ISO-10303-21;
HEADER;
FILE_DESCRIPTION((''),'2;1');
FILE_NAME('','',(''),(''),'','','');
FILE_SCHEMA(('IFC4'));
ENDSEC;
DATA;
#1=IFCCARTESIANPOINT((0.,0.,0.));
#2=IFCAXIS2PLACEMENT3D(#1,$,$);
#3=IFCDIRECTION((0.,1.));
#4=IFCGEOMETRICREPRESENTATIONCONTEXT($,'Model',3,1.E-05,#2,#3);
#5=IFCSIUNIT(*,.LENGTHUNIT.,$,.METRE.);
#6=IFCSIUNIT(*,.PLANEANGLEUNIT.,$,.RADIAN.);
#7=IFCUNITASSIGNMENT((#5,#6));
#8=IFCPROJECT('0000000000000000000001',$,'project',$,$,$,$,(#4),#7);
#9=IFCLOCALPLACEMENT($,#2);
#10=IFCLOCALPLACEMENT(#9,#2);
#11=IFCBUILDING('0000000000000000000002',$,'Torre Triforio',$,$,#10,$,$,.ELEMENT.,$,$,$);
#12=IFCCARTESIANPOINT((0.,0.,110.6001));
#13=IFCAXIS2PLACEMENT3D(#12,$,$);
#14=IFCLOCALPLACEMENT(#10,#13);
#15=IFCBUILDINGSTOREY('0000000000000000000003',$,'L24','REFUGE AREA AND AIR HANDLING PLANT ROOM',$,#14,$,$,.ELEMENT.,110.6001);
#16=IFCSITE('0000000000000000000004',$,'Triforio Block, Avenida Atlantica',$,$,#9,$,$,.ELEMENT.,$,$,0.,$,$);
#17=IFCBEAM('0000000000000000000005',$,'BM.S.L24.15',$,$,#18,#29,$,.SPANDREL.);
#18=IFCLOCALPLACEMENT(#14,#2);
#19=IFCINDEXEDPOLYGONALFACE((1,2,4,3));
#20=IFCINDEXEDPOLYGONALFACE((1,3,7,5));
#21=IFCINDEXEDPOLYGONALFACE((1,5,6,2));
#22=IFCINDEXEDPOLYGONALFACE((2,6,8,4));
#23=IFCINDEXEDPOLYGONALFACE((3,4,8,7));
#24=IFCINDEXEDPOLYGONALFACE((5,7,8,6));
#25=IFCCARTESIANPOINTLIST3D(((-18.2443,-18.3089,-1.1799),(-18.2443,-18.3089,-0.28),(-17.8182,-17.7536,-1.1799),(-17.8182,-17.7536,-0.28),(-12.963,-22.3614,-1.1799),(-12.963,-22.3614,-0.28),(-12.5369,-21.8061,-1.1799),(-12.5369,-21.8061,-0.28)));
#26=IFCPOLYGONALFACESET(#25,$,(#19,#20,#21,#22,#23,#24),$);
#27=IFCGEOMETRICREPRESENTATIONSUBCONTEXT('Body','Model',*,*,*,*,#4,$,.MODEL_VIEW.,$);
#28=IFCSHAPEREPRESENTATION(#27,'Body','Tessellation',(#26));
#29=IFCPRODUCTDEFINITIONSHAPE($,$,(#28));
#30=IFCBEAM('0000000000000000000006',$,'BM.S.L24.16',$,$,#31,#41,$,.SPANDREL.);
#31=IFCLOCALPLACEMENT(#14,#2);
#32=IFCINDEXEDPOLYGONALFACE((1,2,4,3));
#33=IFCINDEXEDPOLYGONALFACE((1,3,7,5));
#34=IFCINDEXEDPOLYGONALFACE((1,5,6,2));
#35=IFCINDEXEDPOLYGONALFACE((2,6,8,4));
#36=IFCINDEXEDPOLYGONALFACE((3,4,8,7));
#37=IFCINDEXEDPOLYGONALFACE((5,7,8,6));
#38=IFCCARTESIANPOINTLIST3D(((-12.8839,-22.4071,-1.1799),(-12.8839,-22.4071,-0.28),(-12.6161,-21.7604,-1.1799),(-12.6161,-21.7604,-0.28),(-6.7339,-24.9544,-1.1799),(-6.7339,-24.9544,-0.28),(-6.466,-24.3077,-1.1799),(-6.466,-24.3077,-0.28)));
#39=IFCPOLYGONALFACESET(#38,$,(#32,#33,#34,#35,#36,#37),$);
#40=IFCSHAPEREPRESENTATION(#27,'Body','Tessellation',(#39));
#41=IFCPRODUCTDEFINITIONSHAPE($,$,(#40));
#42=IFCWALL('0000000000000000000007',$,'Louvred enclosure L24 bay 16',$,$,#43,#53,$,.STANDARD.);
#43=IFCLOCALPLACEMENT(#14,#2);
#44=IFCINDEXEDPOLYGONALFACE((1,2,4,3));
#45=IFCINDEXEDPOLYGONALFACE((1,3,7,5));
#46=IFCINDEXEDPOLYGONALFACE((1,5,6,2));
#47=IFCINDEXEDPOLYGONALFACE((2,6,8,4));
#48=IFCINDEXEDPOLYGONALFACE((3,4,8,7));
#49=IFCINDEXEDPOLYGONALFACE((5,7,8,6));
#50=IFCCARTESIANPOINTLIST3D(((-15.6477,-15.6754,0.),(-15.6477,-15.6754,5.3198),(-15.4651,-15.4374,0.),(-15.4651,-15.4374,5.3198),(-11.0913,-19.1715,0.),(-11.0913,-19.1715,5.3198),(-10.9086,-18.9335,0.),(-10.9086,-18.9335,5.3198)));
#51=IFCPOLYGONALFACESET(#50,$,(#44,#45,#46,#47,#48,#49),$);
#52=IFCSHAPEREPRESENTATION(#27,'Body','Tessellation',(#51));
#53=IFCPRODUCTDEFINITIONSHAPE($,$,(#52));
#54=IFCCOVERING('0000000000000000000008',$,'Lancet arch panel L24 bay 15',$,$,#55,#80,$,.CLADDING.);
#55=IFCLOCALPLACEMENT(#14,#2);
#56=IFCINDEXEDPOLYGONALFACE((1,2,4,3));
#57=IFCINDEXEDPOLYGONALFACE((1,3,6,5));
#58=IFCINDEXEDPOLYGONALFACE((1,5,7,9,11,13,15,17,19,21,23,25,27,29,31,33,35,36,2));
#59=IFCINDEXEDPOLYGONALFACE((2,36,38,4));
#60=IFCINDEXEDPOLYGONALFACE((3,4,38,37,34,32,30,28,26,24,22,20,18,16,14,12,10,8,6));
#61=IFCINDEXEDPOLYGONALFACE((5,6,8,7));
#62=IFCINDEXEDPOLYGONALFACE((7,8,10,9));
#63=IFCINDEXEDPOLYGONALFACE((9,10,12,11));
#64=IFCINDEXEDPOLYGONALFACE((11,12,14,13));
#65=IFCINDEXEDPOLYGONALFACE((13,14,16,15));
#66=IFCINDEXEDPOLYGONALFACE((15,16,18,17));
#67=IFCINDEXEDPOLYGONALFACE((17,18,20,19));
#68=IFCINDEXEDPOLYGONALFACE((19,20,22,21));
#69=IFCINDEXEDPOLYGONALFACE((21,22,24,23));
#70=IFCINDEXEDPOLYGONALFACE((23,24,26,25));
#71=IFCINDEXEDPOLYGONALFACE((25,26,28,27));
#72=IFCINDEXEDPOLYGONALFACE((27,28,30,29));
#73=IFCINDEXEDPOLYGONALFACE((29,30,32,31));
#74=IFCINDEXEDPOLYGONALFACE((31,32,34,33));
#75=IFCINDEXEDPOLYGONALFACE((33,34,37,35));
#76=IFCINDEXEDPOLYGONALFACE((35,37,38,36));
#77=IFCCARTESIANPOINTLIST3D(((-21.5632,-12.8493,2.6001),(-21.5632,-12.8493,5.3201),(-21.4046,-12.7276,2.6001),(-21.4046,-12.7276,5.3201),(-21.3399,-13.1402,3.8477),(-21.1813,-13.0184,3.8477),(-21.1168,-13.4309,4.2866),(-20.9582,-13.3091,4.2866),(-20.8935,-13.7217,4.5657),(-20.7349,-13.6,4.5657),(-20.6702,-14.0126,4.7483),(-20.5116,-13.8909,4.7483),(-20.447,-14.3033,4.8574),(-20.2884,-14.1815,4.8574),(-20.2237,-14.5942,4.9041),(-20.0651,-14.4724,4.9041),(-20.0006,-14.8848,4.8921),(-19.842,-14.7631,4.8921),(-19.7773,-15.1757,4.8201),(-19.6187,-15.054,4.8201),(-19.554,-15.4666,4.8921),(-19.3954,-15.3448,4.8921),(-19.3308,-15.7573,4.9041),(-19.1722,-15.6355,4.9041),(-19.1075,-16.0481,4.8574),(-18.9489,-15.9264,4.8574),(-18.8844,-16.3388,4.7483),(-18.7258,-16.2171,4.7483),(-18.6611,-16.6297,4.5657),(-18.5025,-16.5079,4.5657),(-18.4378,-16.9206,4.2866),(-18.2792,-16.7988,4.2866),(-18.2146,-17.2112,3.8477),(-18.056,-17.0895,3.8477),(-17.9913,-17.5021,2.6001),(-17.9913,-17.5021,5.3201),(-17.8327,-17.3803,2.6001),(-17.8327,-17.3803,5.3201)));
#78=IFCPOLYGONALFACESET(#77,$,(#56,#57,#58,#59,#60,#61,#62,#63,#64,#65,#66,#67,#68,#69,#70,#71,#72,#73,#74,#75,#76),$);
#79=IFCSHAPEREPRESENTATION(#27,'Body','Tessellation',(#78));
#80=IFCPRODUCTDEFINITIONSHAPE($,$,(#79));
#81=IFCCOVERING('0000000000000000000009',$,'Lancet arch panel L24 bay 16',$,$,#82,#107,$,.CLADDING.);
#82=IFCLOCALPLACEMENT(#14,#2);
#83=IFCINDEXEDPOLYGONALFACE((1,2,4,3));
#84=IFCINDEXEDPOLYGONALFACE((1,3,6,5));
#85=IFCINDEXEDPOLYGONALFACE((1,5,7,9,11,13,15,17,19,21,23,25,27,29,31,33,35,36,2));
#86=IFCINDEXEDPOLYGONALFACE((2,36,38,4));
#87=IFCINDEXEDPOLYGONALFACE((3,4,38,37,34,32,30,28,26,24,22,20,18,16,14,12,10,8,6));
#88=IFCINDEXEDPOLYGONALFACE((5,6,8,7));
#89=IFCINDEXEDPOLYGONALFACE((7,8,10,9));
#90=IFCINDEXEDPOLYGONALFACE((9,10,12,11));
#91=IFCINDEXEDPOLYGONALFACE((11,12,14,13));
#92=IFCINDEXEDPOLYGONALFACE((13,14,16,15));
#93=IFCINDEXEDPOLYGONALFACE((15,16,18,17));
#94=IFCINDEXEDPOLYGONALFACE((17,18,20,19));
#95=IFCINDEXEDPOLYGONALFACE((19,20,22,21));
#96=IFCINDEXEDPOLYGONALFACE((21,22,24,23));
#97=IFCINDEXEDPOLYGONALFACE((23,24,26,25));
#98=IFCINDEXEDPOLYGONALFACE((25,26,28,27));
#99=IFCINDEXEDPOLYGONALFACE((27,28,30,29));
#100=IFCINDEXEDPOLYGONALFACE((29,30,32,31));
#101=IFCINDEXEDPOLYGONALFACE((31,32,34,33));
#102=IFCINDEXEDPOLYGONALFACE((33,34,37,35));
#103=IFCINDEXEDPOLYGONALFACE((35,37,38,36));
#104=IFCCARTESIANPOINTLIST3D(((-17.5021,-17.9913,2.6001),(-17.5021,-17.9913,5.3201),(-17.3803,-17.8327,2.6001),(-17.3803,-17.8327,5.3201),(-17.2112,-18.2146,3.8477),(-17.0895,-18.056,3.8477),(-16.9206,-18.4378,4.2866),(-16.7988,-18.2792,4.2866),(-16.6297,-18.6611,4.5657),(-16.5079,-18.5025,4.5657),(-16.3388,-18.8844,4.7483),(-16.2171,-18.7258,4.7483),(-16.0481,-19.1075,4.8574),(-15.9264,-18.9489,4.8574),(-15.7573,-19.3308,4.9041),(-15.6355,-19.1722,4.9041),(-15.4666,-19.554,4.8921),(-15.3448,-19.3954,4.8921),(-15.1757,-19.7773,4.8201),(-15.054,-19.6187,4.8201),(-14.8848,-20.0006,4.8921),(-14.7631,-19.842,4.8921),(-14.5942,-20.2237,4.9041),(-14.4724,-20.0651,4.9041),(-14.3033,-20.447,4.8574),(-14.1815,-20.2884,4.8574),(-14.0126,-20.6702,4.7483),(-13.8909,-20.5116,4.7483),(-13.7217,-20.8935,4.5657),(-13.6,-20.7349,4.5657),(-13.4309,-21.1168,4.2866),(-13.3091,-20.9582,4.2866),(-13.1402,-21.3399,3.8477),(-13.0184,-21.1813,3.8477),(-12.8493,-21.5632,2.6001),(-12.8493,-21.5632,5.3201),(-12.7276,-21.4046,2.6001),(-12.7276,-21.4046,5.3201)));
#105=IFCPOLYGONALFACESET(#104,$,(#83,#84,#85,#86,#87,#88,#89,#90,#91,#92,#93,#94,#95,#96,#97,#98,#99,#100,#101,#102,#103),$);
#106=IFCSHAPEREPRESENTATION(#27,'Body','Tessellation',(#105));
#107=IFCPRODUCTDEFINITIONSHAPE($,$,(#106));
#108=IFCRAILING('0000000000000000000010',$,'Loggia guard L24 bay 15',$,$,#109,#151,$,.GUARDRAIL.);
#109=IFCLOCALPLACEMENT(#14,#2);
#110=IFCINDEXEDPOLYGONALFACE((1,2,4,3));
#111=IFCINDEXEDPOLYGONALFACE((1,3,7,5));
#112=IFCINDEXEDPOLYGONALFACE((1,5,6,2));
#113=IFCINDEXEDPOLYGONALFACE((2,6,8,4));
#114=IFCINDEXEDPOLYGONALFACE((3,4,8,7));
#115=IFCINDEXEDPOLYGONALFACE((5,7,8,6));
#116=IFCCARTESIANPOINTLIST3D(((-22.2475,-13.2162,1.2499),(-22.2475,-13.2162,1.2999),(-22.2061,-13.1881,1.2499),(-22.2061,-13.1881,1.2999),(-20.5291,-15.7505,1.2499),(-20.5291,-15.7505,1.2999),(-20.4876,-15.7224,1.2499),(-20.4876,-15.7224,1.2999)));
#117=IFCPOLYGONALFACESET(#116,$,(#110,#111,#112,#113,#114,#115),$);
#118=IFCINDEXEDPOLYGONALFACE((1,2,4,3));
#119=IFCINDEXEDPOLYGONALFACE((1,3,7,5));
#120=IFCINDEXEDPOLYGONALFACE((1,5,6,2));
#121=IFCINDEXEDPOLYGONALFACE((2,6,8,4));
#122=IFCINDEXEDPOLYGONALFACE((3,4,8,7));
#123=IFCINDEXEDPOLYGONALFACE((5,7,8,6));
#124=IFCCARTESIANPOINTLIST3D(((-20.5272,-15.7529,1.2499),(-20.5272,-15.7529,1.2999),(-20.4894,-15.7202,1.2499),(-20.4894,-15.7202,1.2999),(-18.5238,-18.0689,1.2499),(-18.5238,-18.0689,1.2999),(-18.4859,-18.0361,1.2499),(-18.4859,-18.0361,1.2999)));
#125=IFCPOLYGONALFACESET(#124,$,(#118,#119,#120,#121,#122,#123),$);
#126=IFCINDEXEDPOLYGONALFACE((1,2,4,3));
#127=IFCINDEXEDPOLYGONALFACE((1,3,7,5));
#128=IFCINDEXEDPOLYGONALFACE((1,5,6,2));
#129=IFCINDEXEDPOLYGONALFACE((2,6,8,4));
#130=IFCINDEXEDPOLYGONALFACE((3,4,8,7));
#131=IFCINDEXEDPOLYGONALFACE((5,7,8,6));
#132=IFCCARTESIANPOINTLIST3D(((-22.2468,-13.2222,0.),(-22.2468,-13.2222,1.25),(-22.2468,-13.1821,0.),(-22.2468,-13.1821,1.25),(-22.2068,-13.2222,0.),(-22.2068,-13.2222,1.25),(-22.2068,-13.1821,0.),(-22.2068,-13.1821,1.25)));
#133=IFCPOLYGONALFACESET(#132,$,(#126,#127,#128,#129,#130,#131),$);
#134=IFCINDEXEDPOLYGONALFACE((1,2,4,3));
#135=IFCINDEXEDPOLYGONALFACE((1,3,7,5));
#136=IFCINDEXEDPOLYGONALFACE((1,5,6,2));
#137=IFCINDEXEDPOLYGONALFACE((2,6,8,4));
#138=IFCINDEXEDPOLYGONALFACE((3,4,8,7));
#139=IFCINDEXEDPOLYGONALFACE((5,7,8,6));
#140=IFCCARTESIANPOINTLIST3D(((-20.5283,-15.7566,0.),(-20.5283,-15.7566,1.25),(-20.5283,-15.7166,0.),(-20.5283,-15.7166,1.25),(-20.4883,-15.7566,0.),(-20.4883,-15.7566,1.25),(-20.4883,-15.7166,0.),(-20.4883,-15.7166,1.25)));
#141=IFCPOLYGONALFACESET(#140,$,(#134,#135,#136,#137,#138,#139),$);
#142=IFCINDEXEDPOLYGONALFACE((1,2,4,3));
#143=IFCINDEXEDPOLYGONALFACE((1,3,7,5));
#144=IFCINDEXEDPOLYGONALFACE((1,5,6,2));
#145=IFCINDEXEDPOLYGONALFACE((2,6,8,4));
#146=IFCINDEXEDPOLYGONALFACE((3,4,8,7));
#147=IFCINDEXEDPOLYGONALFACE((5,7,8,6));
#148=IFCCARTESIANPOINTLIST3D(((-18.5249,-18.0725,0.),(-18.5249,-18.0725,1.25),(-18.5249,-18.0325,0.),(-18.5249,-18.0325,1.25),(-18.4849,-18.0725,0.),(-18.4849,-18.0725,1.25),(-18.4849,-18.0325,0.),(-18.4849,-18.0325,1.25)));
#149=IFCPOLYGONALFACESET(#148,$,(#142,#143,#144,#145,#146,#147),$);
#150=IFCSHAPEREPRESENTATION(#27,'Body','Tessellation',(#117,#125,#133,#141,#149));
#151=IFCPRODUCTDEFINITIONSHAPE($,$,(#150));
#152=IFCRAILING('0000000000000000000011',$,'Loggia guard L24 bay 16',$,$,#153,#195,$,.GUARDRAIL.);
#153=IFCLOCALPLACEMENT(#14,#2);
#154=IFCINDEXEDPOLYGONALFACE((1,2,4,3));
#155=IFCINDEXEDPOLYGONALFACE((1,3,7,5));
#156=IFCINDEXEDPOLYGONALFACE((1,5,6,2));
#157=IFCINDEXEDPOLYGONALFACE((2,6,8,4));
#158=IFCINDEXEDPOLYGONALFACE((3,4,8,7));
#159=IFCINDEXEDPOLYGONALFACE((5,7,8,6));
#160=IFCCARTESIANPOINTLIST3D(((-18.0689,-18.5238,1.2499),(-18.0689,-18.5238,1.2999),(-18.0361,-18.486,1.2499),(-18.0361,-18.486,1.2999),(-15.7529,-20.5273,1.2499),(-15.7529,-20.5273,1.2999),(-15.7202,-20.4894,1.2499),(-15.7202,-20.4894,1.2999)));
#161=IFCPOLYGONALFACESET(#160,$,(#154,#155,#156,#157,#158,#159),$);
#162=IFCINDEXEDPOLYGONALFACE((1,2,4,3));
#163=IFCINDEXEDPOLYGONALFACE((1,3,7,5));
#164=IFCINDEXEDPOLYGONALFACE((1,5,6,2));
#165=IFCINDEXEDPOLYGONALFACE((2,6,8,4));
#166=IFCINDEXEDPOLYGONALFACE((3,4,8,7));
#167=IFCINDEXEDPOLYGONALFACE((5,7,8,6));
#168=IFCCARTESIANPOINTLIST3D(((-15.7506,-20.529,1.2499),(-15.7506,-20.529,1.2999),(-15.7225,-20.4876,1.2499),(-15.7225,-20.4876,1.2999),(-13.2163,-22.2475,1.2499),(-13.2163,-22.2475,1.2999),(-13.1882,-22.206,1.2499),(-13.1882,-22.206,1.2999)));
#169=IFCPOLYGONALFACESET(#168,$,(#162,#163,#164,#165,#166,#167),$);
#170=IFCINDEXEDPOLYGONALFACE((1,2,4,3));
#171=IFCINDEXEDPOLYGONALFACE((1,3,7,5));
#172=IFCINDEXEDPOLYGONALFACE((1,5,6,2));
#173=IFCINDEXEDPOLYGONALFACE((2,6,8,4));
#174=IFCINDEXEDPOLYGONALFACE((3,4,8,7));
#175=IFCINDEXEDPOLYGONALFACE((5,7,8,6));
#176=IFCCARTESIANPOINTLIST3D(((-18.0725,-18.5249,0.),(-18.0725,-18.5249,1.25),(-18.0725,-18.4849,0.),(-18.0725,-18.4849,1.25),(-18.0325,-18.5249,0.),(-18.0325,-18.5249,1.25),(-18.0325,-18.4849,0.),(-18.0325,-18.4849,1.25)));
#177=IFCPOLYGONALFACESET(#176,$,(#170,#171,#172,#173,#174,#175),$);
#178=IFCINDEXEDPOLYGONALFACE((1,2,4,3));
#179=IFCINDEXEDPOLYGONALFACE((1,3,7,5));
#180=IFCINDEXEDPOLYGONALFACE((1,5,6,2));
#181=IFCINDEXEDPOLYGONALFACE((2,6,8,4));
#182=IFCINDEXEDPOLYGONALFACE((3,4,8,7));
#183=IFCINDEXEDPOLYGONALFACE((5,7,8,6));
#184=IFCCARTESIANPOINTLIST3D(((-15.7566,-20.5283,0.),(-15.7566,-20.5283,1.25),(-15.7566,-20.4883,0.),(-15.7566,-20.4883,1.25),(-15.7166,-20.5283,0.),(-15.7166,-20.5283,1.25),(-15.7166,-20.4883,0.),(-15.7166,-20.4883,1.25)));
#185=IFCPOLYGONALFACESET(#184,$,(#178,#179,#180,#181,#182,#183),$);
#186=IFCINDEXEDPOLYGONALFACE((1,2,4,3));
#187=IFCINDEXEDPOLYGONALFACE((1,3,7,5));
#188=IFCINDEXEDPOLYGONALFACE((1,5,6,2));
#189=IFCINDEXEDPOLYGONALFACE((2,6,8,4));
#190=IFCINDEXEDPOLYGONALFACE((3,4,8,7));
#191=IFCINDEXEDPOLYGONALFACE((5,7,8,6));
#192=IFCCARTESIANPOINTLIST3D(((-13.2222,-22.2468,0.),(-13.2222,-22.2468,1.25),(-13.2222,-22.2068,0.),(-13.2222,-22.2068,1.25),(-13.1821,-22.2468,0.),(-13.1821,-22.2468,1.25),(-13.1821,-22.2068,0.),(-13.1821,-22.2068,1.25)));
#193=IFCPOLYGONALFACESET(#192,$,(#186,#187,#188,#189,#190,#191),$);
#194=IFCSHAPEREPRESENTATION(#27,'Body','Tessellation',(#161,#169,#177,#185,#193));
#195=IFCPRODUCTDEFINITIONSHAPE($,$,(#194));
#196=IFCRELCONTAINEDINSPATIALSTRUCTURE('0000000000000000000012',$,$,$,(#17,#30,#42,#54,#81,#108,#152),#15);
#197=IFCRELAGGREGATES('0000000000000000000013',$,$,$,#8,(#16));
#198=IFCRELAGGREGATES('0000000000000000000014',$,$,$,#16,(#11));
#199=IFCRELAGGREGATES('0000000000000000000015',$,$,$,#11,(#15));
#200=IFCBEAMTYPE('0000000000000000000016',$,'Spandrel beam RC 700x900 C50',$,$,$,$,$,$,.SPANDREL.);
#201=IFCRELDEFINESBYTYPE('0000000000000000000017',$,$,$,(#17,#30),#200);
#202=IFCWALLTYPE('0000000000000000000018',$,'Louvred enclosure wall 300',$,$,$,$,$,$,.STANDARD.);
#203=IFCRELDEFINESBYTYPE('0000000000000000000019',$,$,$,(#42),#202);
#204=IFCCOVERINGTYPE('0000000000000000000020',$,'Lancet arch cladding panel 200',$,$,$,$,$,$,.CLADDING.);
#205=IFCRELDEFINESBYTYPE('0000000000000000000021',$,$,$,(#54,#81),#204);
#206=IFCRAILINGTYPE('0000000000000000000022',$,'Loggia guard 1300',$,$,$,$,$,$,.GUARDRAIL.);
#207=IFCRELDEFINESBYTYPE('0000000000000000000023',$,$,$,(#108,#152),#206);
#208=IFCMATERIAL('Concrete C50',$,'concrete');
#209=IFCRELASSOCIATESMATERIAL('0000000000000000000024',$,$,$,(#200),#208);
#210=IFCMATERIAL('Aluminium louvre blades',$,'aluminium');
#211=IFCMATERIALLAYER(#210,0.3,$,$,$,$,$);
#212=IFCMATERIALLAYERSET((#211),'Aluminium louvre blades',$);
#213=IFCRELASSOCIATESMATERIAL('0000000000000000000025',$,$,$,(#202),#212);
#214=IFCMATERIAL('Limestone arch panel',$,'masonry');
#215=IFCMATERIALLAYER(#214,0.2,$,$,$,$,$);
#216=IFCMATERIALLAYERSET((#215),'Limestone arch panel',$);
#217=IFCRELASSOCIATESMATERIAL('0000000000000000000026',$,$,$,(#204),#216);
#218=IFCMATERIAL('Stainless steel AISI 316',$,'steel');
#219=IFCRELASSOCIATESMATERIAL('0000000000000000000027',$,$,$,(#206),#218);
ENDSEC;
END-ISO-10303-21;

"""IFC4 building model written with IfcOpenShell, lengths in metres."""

from ifc_helpers import new_model, si_unit, direction, frame, frame_2d, origin, origin_2d, place, context, subcontext, project, spatial, polyline, rectangle, outline, extrude, material, layer, layer_set, material_profile, profile_set, type_object, element, save


model = new_model("IFC4")

# Units and contexts
model_context = context("Model", 3, precision=1e-05, world=origin(), true_north=direction((0.0, 1.0)))
body_context = subcontext(model_context, "Body", "Model", "MODEL_VIEW")
ifc_project = project(units=[si_unit("LENGTHUNIT", "METRE"), si_unit("PLANEANGLEUNIT", "RADIAN")], contexts=[model_context])

# Site, building, storey
site_placement = place(None, origin())
site = spatial("IfcSite", under=ifc_project, at=site_placement, Name="Triforio Block, Avenida Atlantica", CompositionType="ELEMENT", RefElevation=0.0)
building_placement = place(site_placement, origin())
building = spatial("IfcBuilding", under=site, at=building_placement, Name="Torre Triforio", CompositionType="ELEMENT")
storey_placement = place(building_placement, frame((0.0, 0.0, 110.6001)))
storey = spatial("IfcBuildingStorey", under=building, at=storey_placement, Name="L24", Description="REFUGE AREA AND AIR HANDLING PLANT ROOM", CompositionType="ELEMENT", Elevation=110.6001)

# Beams
ifc_material_1 = material(Name="Concrete C50", Category="concrete")
ifc_material_profile_1 = material_profile(ifc_material_1, rectangle(XDim=0.7, YDim=0.8999, at=origin_2d()), Name="RC 700x900")
ifc_profile_set_1 = profile_set([ifc_material_profile_1], Name="Concrete C50")
beam_type = type_object("IfcBeamType", Name="Spandrel beam RC 700x900 C50", PredefinedType="SPANDREL", material=ifc_profile_set_1)
beam_1_placement = place(storey_placement, frame((-18.0312, -18.0312, -0.73), z_axis=(0.79335, -0.608766, 0.0), x_axis=(0.608766, 0.79335, 0.0)))
element("IfcBeam", 1, at=beam_1_placement, inside=storey, type_object=beam_type, Name="BM.S.L24.15", PredefinedType="SPANDREL", context=body_context, shape_type="SweptSolid", body=[
    extrude(rectangle(XDim=0.7, YDim=0.8999, at=origin_2d()), origin(), (0.0, 0.0, 1.0), 6.657),
])
beam_2_placement = place(storey_placement, frame((-12.75, -22.0837, -0.73), z_axis=(0.923885, -0.382669, 0.0), x_axis=(0.382669, 0.923885, 0.0)))
element("IfcBeam", 2, at=beam_2_placement, inside=storey, type_object=beam_type, Name="BM.S.L24.16", PredefinedType="SPANDREL", context=body_context, shape_type="SweptSolid", body=[
    extrude(rectangle(XDim=0.7, YDim=0.8999, at=origin_2d()), origin(), (0.0, 0.0, 1.0), 6.6567),
])

# Wall
ifc_material_2 = material(Name="Aluminium louvre blades", Category="aluminium")
ifc_layer_1 = layer(ifc_material_2, 0.3)
ifc_layer_set_1 = layer_set([ifc_layer_1], Name="Aluminium louvre blades")
wall_type = type_object("IfcWallType", Name="Louvred enclosure wall 300", PredefinedType="STANDARD", material=ifc_layer_set_1)
wall_placement = place(storey_placement, frame((-15.5564, -15.5564, 0.0), z_axis=(0.0, 0.0, 1.0), x_axis=(0.793366, -0.608745, 0.0)))
element("IfcWall", 3, at=wall_placement, inside=storey, type_object=wall_type, Name="Louvred enclosure L24 bay 16", PredefinedType="STANDARD", context=body_context, shape_type="SweptSolid", body=[
    extrude(rectangle(XDim=5.7432, YDim=0.3, at=frame_2d((2.8716, 0.0))), origin(), (0.0, 0.0, 1.0), 5.3198),
])

# Coverings
ifc_material_3 = material(Name="Limestone arch panel", Category="masonry")
ifc_layer_2 = layer(ifc_material_3, 0.2)
ifc_layer_set_2 = layer_set([ifc_layer_2], Name="Limestone arch panel")
covering_type_1 = type_object("IfcCoveringType", Name="Lancet arch cladding panel 200", PredefinedType="CLADDING", material=ifc_layer_set_2)
for number, where, z_axis, x_axis, name in (
    (4, (-19.6187, -15.054, 0.0), (-0.793213, -0.608944, 0.0), (0.608944, -0.793213, 0.0), "Lancet arch panel L24 bay 15"),
    (5, (-15.054, -19.6187, 0.0), (-0.608944, -0.793213, 0.0), (0.793213, -0.608944, 0.0), "Lancet arch panel L24 bay 16"),
):
    element("IfcCovering", number, at=place(storey_placement, frame(where, z_axis=z_axis, x_axis=x_axis)), inside=storey, type_object=covering_type_1, Name=name, PredefinedType="CLADDING", context=body_context, shape_type="SweptSolid", body=[
        extrude(outline(polyline([(-2.9329, 5.3201), (-2.9329, 2.6001), (-2.5662, 3.8477), (-2.1997, 4.2866), (-1.833, 4.5657), (-1.4663, 4.7483), (-1.0999, 4.8574), (-0.7332, 4.9041), (-0.3667, 4.8921), (0.0, 4.8201), (0.3667, 4.8921), (0.7332, 4.9041), (1.0999, 4.8574), (1.4663, 4.7483), (1.833, 4.5657), (2.1997, 4.2866), (2.5662, 3.8477), (2.9329, 2.6001), (2.9329, 5.3201), (-2.9329, 5.3201)])), origin(), (0.0, 0.0, 1.0), 0.2),
    ])

# Railings
ifc_material_4 = material(Name="Stainless steel AISI 316", Category="steel")
railing_type = type_object("IfcRailingType", Name="Loggia guard 1300", PredefinedType="GUARDRAIL", material=ifc_material_4)
railing_1_placement = place(storey_placement, frame((-22.2268, -13.2021, 0.0)))
element("IfcRailing", 6, at=railing_1_placement, inside=storey, type_object=railing_type, Name="Loggia guard L24 bay 15", PredefinedType="GUARDRAIL", context=body_context, shape_type="SweptSolid", body=[
    extrude(rectangle(XDim=0.05, YDim=0.05, at=origin_2d()), frame((0.0, 0.0, 1.2749), z_axis=(0.561215, -0.82767, 0.0), x_axis=(0.82767, 0.561215, 0.0)), (0.0, 0.0, 1.0), 3.062),
    extrude(rectangle(XDim=0.05, YDim=0.05, at=origin_2d()), frame((1.7185, -2.5344, 1.2749), z_axis=(0.654238, -0.756289, 0.0), x_axis=(0.756289, 0.654238, 0.0)), (0.0, 0.0, 1.0), 3.0623),
    extrude(rectangle(XDim=0.04, YDim=0.04, at=origin_2d()), origin(), (0.0, 0.0, 1.0), 1.25),
    extrude(rectangle(XDim=0.04, YDim=0.04, at=origin_2d()), frame((1.7185, -2.5344, 0.0)), (0.0, 0.0, 1.0), 1.25),
    extrude(rectangle(XDim=0.04, YDim=0.04, at=origin_2d()), frame((3.7219, -4.8503, 0.0)), (0.0, 0.0, 1.0), 1.25),
])
railing_2_placement = place(storey_placement, frame((-18.0525, -18.5049, 0.0)))
element("IfcRailing", 7, at=railing_2_placement, inside=storey, type_object=railing_type, Name="Loggia guard L24 bay 16", PredefinedType="GUARDRAIL", context=body_context, shape_type="SweptSolid", body=[
    extrude(rectangle(XDim=0.05, YDim=0.05, at=origin_2d()), frame((0.0, 0.0, 1.2749), z_axis=(0.756289, -0.654238, 0.0), x_axis=(0.654238, 0.756289, 0.0)), (0.0, 0.0, 1.0), 3.0623),
    extrude(rectangle(XDim=0.05, YDim=0.05, at=origin_2d()), frame((2.3159, -2.0034, 1.2749), z_axis=(0.82767, -0.561215, 0.0), x_axis=(0.561215, 0.82767, 0.0)), (0.0, 0.0, 1.0), 3.062),
    extrude(rectangle(XDim=0.04, YDim=0.04, at=origin_2d()), origin(), (0.0, 0.0, 1.0), 1.25),
    extrude(rectangle(XDim=0.04, YDim=0.04, at=origin_2d()), frame((2.3159, -2.0034, 0.0)), (0.0, 0.0, 1.0), 1.25),
    extrude(rectangle(XDim=0.04, YDim=0.04, at=origin_2d()), frame((4.8503, -3.7219, 0.0)), (0.0, 0.0, 1.0), 1.25),
])

save(model, "model.ifc")
